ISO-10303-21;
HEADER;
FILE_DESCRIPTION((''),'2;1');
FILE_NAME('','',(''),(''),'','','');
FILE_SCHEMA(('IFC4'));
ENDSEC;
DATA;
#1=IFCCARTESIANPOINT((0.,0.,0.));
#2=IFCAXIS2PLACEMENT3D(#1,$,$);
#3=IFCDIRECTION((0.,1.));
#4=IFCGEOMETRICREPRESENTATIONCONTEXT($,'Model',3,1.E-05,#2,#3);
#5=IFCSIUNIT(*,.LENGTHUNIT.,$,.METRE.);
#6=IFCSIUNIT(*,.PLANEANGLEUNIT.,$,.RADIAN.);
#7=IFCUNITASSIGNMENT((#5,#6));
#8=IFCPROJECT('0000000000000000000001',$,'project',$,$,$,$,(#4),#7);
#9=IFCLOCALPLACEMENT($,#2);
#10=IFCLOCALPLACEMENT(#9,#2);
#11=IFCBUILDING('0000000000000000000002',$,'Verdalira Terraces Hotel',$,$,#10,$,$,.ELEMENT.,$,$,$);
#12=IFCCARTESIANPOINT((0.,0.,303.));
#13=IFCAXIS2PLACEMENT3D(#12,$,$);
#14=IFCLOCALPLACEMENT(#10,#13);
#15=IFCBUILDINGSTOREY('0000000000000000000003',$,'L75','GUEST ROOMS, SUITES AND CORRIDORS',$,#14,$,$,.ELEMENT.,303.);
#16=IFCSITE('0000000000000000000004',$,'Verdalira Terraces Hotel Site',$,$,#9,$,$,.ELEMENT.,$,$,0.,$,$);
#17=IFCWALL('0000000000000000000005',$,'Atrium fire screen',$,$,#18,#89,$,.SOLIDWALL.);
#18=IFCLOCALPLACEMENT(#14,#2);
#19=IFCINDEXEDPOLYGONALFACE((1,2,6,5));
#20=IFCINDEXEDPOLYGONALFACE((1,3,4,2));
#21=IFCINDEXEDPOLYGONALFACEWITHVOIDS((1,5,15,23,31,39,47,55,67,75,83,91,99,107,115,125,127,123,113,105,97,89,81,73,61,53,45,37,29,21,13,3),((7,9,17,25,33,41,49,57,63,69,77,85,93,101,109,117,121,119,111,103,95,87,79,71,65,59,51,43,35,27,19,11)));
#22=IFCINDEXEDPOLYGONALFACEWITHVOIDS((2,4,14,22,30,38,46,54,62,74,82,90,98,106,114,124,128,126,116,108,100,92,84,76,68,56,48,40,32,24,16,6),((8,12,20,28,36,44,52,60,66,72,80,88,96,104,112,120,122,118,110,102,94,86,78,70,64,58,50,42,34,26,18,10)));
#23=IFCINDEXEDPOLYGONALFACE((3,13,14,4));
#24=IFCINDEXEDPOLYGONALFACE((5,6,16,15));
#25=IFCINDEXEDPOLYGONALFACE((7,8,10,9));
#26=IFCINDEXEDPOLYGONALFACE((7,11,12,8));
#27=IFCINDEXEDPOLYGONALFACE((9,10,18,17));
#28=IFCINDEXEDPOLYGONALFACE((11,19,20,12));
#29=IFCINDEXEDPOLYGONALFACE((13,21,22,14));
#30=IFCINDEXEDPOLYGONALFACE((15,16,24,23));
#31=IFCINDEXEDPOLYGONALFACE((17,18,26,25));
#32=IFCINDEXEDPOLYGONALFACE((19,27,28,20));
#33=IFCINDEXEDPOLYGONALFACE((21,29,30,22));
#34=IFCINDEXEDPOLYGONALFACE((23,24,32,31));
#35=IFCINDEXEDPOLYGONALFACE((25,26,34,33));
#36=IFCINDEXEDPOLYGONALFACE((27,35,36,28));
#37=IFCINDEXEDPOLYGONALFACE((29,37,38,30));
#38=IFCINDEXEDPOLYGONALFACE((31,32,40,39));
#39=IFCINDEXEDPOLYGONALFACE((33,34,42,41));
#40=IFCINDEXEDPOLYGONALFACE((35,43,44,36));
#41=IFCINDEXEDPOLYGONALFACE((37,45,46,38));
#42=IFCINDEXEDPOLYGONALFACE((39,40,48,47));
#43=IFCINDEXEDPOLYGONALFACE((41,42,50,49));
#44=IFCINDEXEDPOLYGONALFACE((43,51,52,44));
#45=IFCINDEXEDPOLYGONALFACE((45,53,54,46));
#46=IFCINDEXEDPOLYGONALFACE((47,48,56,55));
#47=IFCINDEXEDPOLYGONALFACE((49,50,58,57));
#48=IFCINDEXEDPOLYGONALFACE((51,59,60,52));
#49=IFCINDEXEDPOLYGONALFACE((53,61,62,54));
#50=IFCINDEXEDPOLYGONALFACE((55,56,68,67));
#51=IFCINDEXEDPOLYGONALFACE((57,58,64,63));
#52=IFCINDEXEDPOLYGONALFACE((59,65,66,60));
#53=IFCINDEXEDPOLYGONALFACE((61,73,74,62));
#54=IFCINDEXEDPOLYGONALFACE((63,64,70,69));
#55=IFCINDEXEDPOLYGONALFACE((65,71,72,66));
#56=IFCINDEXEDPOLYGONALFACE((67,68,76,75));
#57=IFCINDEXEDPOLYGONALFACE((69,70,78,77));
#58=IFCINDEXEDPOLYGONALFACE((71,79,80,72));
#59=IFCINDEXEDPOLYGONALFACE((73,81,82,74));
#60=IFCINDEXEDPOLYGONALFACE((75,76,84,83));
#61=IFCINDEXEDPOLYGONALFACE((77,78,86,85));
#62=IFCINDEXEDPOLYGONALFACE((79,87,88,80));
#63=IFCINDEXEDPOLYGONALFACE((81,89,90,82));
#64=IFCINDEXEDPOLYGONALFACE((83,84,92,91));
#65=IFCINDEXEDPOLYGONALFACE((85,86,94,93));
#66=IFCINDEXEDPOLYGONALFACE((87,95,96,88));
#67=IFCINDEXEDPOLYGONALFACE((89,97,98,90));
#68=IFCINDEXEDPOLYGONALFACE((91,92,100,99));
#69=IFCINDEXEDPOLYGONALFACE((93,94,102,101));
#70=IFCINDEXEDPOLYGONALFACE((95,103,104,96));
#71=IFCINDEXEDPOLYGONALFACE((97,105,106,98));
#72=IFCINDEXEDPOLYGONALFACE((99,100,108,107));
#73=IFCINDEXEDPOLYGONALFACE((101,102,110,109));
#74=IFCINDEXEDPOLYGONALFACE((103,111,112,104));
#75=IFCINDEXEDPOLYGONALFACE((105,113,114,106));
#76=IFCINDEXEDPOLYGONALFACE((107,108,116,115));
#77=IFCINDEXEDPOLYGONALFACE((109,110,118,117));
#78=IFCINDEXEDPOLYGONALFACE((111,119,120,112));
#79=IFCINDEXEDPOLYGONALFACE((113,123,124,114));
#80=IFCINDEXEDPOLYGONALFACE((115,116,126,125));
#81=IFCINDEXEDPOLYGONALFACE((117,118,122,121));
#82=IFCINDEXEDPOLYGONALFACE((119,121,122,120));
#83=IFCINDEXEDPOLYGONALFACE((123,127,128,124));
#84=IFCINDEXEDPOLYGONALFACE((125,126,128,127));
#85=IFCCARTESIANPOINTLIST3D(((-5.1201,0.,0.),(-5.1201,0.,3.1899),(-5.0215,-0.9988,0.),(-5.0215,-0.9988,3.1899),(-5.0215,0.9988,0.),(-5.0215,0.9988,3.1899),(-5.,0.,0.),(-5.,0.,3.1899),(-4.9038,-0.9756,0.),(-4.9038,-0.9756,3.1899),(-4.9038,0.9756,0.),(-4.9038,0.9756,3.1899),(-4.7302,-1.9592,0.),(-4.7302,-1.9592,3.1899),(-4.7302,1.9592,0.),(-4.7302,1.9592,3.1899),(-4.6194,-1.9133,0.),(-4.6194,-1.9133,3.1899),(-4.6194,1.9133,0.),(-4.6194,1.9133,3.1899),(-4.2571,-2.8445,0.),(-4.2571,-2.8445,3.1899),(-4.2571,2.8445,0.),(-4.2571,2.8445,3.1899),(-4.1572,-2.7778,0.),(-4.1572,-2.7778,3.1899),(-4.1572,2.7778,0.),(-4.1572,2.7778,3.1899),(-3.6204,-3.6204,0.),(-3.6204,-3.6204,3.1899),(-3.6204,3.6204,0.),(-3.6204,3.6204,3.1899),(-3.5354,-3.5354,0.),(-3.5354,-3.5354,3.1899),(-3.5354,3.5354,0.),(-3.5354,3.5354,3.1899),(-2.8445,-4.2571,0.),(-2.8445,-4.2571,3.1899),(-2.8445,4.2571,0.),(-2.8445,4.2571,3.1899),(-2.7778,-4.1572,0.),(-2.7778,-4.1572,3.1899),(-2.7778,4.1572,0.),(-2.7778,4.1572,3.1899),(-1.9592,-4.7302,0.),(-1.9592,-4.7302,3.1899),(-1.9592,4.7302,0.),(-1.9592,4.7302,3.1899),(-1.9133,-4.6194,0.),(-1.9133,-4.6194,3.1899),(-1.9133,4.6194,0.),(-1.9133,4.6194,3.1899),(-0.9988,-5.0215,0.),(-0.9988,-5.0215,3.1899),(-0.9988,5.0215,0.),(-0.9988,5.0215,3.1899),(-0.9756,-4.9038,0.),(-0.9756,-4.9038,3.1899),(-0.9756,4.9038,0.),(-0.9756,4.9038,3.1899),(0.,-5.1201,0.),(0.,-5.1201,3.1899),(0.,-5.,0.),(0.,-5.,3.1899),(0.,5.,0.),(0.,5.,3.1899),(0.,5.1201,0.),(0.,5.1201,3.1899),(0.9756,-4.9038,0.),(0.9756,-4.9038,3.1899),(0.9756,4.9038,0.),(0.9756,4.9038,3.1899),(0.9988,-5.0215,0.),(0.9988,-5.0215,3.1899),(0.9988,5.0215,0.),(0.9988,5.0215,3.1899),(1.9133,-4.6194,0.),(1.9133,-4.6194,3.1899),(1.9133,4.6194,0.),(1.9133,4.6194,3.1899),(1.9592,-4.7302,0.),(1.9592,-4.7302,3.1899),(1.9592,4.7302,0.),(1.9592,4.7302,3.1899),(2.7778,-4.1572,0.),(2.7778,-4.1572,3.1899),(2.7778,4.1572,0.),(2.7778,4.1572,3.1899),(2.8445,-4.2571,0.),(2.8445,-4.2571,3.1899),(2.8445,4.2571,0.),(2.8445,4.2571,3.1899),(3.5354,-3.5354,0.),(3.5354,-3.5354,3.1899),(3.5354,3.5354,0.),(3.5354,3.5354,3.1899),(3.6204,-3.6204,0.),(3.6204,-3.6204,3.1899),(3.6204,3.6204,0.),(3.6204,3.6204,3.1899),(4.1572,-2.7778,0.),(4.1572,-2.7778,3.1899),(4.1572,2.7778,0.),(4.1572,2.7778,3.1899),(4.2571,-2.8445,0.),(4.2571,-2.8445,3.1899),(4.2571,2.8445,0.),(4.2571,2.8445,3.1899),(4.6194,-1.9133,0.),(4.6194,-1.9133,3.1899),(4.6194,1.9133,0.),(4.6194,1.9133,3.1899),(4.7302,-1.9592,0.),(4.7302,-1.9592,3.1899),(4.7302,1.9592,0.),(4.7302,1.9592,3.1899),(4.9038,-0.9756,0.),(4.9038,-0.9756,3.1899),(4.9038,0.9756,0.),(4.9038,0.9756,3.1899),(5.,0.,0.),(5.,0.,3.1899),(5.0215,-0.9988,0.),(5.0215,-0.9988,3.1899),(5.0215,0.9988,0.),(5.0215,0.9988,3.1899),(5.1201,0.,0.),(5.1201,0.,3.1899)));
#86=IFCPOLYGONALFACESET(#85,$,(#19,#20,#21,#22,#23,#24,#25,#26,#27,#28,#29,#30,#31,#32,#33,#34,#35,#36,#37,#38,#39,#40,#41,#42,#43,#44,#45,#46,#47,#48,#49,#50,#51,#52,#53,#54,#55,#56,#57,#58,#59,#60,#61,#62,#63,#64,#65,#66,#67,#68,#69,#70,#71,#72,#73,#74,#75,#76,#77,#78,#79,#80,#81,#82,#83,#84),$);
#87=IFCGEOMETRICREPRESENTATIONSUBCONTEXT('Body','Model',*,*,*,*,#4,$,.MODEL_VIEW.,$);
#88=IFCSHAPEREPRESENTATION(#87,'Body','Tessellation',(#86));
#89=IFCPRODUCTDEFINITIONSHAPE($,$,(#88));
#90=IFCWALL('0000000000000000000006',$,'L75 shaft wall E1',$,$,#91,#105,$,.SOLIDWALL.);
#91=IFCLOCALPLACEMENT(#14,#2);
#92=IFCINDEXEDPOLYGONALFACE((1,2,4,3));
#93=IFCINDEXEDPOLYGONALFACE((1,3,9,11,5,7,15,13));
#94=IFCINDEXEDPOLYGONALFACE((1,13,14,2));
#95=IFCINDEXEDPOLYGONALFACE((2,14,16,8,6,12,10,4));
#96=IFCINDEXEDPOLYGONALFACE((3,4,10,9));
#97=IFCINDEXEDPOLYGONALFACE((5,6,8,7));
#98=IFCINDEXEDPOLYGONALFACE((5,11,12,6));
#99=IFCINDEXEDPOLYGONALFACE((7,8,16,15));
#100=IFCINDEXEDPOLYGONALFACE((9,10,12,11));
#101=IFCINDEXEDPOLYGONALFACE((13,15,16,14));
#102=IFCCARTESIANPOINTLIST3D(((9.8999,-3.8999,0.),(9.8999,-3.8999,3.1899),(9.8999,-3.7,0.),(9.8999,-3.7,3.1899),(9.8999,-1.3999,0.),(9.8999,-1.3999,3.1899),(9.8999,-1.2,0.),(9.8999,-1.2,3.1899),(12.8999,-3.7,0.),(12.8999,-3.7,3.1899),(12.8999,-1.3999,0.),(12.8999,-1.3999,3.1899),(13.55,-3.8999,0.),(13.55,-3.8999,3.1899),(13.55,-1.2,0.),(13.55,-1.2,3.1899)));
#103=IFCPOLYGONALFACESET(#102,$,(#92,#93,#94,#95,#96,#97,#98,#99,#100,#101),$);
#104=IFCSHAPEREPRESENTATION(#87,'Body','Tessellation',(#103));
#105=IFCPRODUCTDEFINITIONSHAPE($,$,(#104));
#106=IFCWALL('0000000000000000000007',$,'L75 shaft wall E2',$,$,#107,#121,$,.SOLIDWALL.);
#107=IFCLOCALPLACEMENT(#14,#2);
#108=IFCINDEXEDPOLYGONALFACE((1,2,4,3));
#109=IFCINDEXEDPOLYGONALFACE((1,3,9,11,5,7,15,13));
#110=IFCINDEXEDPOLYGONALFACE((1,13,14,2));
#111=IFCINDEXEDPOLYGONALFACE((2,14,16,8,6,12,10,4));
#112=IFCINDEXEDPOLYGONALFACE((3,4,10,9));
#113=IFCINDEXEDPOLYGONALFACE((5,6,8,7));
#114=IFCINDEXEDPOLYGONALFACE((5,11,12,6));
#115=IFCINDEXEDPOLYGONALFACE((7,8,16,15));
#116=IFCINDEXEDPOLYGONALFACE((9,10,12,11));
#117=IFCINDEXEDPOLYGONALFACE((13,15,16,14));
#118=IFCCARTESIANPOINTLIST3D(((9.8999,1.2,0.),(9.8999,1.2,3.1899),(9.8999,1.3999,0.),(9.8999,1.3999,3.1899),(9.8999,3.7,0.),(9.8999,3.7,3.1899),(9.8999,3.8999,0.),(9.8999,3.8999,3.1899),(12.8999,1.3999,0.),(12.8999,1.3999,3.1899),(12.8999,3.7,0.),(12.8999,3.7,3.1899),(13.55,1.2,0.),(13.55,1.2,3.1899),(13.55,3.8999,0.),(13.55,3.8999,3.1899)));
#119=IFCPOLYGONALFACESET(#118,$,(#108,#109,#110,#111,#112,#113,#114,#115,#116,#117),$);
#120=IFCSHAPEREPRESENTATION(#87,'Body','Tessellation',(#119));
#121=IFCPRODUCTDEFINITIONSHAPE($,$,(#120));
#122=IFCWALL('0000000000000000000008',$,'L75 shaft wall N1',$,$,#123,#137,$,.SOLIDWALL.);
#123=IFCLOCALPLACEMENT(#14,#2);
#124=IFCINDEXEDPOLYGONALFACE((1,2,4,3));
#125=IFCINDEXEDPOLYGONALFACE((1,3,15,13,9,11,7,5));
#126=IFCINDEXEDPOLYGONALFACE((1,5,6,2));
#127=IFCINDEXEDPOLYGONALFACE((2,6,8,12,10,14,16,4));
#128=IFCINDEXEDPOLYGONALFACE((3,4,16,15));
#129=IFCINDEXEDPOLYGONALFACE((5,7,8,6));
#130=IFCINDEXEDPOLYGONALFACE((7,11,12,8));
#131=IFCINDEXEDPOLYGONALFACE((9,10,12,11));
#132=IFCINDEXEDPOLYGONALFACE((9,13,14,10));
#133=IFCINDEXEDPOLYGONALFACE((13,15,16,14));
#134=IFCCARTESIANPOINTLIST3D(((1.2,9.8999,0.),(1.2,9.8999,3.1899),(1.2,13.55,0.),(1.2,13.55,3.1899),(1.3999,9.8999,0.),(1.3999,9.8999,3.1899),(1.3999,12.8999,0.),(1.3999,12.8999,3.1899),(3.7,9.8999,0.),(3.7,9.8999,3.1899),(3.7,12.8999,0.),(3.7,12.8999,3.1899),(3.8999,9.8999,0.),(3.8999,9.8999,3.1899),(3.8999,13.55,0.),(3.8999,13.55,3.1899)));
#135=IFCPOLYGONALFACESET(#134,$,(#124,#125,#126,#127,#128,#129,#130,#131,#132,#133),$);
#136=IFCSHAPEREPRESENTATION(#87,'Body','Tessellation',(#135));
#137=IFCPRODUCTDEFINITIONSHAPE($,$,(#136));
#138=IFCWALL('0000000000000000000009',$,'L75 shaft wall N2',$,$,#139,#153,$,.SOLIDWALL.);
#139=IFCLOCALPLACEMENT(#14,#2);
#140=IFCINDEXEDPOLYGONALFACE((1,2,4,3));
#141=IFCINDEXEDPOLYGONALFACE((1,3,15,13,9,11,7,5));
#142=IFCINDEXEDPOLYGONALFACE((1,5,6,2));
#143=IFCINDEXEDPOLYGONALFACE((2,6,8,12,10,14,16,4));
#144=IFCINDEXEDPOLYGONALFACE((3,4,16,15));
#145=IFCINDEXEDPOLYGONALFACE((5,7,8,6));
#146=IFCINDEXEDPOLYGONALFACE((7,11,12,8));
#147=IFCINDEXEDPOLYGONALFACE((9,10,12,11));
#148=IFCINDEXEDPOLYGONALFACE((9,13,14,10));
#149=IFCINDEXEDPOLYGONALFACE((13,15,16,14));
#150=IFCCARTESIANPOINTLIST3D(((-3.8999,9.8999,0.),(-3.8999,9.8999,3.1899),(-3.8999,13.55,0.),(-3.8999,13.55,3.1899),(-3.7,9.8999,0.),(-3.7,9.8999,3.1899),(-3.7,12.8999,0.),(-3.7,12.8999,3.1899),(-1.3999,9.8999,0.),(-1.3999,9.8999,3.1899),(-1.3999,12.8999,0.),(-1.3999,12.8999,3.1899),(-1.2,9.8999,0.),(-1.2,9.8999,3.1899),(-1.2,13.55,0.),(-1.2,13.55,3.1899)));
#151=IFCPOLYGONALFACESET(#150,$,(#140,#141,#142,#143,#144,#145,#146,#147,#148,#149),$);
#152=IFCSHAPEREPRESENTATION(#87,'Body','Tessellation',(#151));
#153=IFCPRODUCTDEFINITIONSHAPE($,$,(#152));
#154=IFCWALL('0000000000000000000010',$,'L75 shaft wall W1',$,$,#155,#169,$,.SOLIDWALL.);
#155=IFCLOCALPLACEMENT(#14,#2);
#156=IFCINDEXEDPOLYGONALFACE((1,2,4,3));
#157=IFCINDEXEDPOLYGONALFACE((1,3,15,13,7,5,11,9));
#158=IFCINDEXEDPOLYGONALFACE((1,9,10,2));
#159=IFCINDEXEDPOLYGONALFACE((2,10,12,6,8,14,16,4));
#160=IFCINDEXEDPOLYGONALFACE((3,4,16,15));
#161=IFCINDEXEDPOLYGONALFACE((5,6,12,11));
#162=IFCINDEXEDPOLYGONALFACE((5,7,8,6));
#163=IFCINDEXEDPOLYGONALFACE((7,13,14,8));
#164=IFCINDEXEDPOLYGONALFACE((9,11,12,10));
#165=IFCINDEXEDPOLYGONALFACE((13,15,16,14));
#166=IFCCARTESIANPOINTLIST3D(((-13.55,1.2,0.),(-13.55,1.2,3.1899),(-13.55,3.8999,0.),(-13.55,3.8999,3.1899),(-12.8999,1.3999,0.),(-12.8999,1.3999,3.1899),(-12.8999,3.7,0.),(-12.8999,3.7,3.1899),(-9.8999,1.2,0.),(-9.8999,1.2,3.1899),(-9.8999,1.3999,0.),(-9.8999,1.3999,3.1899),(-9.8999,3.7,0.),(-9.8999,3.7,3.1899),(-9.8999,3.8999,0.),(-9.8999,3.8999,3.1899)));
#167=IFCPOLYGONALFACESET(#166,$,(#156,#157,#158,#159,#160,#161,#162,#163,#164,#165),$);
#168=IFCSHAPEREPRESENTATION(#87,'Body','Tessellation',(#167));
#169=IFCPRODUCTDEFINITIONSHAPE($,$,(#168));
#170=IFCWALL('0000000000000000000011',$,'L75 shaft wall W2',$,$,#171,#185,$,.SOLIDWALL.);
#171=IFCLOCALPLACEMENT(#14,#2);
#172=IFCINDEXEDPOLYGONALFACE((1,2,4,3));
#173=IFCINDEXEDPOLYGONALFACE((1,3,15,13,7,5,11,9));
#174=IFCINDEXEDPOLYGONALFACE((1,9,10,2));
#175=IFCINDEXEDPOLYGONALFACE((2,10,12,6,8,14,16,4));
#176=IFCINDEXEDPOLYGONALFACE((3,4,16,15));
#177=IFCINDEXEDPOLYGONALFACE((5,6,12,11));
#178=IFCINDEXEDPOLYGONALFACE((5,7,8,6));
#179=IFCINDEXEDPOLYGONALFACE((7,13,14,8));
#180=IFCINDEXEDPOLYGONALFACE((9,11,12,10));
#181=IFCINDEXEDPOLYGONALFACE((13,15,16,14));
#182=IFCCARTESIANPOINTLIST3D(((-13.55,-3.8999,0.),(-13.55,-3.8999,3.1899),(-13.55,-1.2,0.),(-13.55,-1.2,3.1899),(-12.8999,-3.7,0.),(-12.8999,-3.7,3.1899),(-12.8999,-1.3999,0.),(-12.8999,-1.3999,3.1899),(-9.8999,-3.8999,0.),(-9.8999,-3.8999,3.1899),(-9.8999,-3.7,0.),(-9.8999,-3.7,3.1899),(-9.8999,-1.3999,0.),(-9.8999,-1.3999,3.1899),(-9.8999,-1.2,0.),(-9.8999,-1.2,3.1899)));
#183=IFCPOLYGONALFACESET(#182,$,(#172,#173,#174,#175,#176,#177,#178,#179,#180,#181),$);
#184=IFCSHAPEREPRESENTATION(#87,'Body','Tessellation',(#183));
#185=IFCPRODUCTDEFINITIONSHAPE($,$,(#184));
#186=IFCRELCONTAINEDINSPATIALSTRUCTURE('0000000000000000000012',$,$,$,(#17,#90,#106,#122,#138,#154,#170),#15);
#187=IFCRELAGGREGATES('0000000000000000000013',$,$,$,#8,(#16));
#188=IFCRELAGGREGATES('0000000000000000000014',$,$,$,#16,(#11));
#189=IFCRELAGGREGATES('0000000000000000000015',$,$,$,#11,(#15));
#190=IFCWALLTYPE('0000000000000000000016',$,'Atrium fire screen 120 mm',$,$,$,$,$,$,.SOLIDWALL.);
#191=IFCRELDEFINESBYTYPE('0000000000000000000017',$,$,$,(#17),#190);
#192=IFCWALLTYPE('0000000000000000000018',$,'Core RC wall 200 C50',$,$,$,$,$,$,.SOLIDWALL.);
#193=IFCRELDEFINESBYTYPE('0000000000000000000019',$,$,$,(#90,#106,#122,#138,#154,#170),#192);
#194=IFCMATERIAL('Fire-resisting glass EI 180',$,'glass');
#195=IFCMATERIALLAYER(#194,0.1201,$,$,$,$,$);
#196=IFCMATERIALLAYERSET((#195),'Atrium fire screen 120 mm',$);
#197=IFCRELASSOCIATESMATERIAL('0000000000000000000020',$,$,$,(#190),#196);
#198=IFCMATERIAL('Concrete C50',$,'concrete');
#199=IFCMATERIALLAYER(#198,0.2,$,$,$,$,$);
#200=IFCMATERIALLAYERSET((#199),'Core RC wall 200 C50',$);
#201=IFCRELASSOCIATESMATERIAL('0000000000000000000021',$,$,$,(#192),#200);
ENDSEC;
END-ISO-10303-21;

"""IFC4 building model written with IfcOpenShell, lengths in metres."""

from ifc_helpers import new_model, si_unit, direction, frame, origin, place, context, subcontext, project, spatial, polyline, outline, extrude, material, layer, layer_set, type_object, element, save


model = new_model("IFC4")

# Units and contexts
model_context = context("Model", 3, precision=1e-05, world=origin(), true_north=direction((0.0, 1.0)))
body_context = subcontext(model_context, "Body", "Model", "MODEL_VIEW")
ifc_project = project(units=[si_unit("LENGTHUNIT", "METRE"), si_unit("PLANEANGLEUNIT", "RADIAN")], contexts=[model_context])

# Site, building, storey
site_placement = place(None, origin())
site = spatial("IfcSite", under=ifc_project, at=site_placement, Name="Verdalira Terraces Hotel Site", CompositionType="ELEMENT", RefElevation=0.0)
building_placement = place(site_placement, origin())
building = spatial("IfcBuilding", under=site, at=building_placement, Name="Verdalira Terraces Hotel", CompositionType="ELEMENT")
storey_placement = place(building_placement, frame((0.0, 0.0, 303.0)))
storey = spatial("IfcBuildingStorey", under=building, at=storey_placement, Name="L75", Description="GUEST ROOMS, SUITES AND CORRIDORS", CompositionType="ELEMENT", Elevation=303.0)

# Walls
ifc_material_1 = material(Name="Fire-resisting glass EI 180", Category="glass")
ifc_layer_1 = layer(ifc_material_1, 0.1201)
ifc_layer_set_1 = layer_set([ifc_layer_1], Name="Atrium fire screen 120 mm")
wall_type_1 = type_object("IfcWallType", Name="Atrium fire screen 120 mm", PredefinedType="SOLIDWALL", material=ifc_layer_set_1)
wall_1_placement = place(storey_placement, origin())
element("IfcWall", 1, at=wall_1_placement, inside=storey, type_object=wall_type_1, Name="Atrium fire screen", PredefinedType="SOLIDWALL", context=body_context, shape_type="SweptSolid", body=[
    extrude(outline(polyline([(5.0215, -0.9988), (4.7302, -1.9592), (4.2571, -2.8445), (3.6204, -3.6204), (2.8445, -4.2571), (1.9592, -4.7302), (0.9988, -5.0215), (0.0, -5.1201), (-0.9988, -5.0215), (-1.9592, -4.7302), (-2.8445, -4.2571), (-3.6204, -3.6204), (-4.2571, -2.8445), (-4.7302, -1.9592), (-5.0215, -0.9988), (-5.1201, 0.0), (-5.0215, 0.9988), (-4.7302, 1.9592), (-4.2571, 2.8445), (-3.6204, 3.6204), (-2.8445, 4.2571), (-1.9592, 4.7302), (-0.9988, 5.0215), (0.0, 5.1201), (0.9988, 5.0215), (1.9592, 4.7302), (2.8445, 4.2571), (3.6204, 3.6204), (4.2571, 2.8445), (4.7302, 1.9592), (5.0215, 0.9988), (5.1201, 0.0), (5.0215, -0.9988)]), holes=[polyline([(4.9038, 0.9756), (4.6194, 1.9133), (4.1572, 2.7778), (3.5354, 3.5354), (2.7778, 4.1572), (1.9133, 4.6194), (0.9756, 4.9038), (0.0, 5.0), (-0.9756, 4.9038), (-1.9133, 4.6194), (-2.7778, 4.1572), (-3.5354, 3.5354), (-4.1572, 2.7778), (-4.6194, 1.9133), (-4.9038, 0.9756), (-5.0, 0.0), (-4.9038, -0.9756), (-4.6194, -1.9133), (-4.1572, -2.7778), (-3.5354, -3.5354), (-2.7778, -4.1572), (-1.9133, -4.6194), (-0.9756, -4.9038), (0.0, -5.0), (0.9756, -4.9038), (1.9133, -4.6194), (2.7778, -4.1572), (3.5354, -3.5354), (4.1572, -2.7778), (4.6194, -1.9133), (4.9038, -0.9756), (5.0, 0.0), (4.9038, 0.9756)])]), origin(), (0.0, 0.0, 1.0), 3.1899),
])
ifc_material_2 = material(Name="Concrete C50", Category="concrete")
ifc_layer_2 = layer(ifc_material_2, 0.2)
ifc_layer_set_2 = layer_set([ifc_layer_2], Name="Core RC wall 200 C50")
wall_type_2 = type_object("IfcWallType", Name="Core RC wall 200 C50", PredefinedType="SOLIDWALL", material=ifc_layer_set_2)
wall_2_placement = place(storey_placement, origin())
element("IfcWall", 2, at=wall_2_placement, inside=storey, type_object=wall_type_2, Name="L75 shaft wall E1", PredefinedType="SOLIDWALL", context=body_context, shape_type="SweptSolid", body=[
    extrude(outline(polyline([(13.55, -3.8999), (9.8999, -3.8999), (9.8999, -3.7), (12.8999, -3.7), (12.8999, -1.3999), (9.8999, -1.3999), (9.8999, -1.2), (13.55, -1.2), (13.55, -3.8999)])), origin(), (0.0, 0.0, 1.0), 3.1899),
])
wall_3_placement = place(storey_placement, origin())
element("IfcWall", 3, at=wall_3_placement, inside=storey, type_object=wall_type_2, Name="L75 shaft wall E2", PredefinedType="SOLIDWALL", context=body_context, shape_type="SweptSolid", body=[
    extrude(outline(polyline([(13.55, 3.8999), (13.55, 1.2), (9.8999, 1.2), (9.8999, 1.3999), (12.8999, 1.3999), (12.8999, 3.7), (9.8999, 3.7), (9.8999, 3.8999), (13.55, 3.8999)])), origin(), (0.0, 0.0, 1.0), 3.1899),
])
wall_4_placement = place(storey_placement, origin())
element("IfcWall", 4, at=wall_4_placement, inside=storey, type_object=wall_type_2, Name="L75 shaft wall N1", PredefinedType="SOLIDWALL", context=body_context, shape_type="SweptSolid", body=[
    extrude(outline(polyline([(3.8999, 9.8999), (3.7, 9.8999), (3.7, 12.8999), (1.3999, 12.8999), (1.3999, 9.8999), (1.2, 9.8999), (1.2, 13.55), (3.8999, 13.55), (3.8999, 9.8999)])), origin(), (0.0, 0.0, 1.0), 3.1899),
])
wall_5_placement = place(storey_placement, origin())
element("IfcWall", 5, at=wall_5_placement, inside=storey, type_object=wall_type_2, Name="L75 shaft wall N2", PredefinedType="SOLIDWALL", context=body_context, shape_type="SweptSolid", body=[
    extrude(outline(polyline([(-3.8999, 13.55), (-1.2, 13.55), (-1.2, 9.8999), (-1.3999, 9.8999), (-1.3999, 12.8999), (-3.7, 12.8999), (-3.7, 9.8999), (-3.8999, 9.8999), (-3.8999, 13.55)])), origin(), (0.0, 0.0, 1.0), 3.1899),
])
wall_6_placement = place(storey_placement, origin())
element("IfcWall", 6, at=wall_6_placement, inside=storey, type_object=wall_type_2, Name="L75 shaft wall W1", PredefinedType="SOLIDWALL", context=body_context, shape_type="SweptSolid", body=[
    extrude(outline(polyline([(-13.55, 3.8999), (-9.8999, 3.8999), (-9.8999, 3.7), (-12.8999, 3.7), (-12.8999, 1.3999), (-9.8999, 1.3999), (-9.8999, 1.2), (-13.55, 1.2), (-13.55, 3.8999)])), origin(), (0.0, 0.0, 1.0), 3.1899),
])
wall_7_placement = place(storey_placement, origin())
element("IfcWall", 7, at=wall_7_placement, inside=storey, type_object=wall_type_2, Name="L75 shaft wall W2", PredefinedType="SOLIDWALL", context=body_context, shape_type="SweptSolid", body=[
    extrude(outline(polyline([(-13.55, -3.8999), (-13.55, -1.2), (-9.8999, -1.2), (-9.8999, -1.3999), (-12.8999, -1.3999), (-12.8999, -3.7), (-9.8999, -3.7), (-9.8999, -3.8999), (-13.55, -3.8999)])), origin(), (0.0, 0.0, 1.0), 3.1899),
])

save(model, "model.ifc")
